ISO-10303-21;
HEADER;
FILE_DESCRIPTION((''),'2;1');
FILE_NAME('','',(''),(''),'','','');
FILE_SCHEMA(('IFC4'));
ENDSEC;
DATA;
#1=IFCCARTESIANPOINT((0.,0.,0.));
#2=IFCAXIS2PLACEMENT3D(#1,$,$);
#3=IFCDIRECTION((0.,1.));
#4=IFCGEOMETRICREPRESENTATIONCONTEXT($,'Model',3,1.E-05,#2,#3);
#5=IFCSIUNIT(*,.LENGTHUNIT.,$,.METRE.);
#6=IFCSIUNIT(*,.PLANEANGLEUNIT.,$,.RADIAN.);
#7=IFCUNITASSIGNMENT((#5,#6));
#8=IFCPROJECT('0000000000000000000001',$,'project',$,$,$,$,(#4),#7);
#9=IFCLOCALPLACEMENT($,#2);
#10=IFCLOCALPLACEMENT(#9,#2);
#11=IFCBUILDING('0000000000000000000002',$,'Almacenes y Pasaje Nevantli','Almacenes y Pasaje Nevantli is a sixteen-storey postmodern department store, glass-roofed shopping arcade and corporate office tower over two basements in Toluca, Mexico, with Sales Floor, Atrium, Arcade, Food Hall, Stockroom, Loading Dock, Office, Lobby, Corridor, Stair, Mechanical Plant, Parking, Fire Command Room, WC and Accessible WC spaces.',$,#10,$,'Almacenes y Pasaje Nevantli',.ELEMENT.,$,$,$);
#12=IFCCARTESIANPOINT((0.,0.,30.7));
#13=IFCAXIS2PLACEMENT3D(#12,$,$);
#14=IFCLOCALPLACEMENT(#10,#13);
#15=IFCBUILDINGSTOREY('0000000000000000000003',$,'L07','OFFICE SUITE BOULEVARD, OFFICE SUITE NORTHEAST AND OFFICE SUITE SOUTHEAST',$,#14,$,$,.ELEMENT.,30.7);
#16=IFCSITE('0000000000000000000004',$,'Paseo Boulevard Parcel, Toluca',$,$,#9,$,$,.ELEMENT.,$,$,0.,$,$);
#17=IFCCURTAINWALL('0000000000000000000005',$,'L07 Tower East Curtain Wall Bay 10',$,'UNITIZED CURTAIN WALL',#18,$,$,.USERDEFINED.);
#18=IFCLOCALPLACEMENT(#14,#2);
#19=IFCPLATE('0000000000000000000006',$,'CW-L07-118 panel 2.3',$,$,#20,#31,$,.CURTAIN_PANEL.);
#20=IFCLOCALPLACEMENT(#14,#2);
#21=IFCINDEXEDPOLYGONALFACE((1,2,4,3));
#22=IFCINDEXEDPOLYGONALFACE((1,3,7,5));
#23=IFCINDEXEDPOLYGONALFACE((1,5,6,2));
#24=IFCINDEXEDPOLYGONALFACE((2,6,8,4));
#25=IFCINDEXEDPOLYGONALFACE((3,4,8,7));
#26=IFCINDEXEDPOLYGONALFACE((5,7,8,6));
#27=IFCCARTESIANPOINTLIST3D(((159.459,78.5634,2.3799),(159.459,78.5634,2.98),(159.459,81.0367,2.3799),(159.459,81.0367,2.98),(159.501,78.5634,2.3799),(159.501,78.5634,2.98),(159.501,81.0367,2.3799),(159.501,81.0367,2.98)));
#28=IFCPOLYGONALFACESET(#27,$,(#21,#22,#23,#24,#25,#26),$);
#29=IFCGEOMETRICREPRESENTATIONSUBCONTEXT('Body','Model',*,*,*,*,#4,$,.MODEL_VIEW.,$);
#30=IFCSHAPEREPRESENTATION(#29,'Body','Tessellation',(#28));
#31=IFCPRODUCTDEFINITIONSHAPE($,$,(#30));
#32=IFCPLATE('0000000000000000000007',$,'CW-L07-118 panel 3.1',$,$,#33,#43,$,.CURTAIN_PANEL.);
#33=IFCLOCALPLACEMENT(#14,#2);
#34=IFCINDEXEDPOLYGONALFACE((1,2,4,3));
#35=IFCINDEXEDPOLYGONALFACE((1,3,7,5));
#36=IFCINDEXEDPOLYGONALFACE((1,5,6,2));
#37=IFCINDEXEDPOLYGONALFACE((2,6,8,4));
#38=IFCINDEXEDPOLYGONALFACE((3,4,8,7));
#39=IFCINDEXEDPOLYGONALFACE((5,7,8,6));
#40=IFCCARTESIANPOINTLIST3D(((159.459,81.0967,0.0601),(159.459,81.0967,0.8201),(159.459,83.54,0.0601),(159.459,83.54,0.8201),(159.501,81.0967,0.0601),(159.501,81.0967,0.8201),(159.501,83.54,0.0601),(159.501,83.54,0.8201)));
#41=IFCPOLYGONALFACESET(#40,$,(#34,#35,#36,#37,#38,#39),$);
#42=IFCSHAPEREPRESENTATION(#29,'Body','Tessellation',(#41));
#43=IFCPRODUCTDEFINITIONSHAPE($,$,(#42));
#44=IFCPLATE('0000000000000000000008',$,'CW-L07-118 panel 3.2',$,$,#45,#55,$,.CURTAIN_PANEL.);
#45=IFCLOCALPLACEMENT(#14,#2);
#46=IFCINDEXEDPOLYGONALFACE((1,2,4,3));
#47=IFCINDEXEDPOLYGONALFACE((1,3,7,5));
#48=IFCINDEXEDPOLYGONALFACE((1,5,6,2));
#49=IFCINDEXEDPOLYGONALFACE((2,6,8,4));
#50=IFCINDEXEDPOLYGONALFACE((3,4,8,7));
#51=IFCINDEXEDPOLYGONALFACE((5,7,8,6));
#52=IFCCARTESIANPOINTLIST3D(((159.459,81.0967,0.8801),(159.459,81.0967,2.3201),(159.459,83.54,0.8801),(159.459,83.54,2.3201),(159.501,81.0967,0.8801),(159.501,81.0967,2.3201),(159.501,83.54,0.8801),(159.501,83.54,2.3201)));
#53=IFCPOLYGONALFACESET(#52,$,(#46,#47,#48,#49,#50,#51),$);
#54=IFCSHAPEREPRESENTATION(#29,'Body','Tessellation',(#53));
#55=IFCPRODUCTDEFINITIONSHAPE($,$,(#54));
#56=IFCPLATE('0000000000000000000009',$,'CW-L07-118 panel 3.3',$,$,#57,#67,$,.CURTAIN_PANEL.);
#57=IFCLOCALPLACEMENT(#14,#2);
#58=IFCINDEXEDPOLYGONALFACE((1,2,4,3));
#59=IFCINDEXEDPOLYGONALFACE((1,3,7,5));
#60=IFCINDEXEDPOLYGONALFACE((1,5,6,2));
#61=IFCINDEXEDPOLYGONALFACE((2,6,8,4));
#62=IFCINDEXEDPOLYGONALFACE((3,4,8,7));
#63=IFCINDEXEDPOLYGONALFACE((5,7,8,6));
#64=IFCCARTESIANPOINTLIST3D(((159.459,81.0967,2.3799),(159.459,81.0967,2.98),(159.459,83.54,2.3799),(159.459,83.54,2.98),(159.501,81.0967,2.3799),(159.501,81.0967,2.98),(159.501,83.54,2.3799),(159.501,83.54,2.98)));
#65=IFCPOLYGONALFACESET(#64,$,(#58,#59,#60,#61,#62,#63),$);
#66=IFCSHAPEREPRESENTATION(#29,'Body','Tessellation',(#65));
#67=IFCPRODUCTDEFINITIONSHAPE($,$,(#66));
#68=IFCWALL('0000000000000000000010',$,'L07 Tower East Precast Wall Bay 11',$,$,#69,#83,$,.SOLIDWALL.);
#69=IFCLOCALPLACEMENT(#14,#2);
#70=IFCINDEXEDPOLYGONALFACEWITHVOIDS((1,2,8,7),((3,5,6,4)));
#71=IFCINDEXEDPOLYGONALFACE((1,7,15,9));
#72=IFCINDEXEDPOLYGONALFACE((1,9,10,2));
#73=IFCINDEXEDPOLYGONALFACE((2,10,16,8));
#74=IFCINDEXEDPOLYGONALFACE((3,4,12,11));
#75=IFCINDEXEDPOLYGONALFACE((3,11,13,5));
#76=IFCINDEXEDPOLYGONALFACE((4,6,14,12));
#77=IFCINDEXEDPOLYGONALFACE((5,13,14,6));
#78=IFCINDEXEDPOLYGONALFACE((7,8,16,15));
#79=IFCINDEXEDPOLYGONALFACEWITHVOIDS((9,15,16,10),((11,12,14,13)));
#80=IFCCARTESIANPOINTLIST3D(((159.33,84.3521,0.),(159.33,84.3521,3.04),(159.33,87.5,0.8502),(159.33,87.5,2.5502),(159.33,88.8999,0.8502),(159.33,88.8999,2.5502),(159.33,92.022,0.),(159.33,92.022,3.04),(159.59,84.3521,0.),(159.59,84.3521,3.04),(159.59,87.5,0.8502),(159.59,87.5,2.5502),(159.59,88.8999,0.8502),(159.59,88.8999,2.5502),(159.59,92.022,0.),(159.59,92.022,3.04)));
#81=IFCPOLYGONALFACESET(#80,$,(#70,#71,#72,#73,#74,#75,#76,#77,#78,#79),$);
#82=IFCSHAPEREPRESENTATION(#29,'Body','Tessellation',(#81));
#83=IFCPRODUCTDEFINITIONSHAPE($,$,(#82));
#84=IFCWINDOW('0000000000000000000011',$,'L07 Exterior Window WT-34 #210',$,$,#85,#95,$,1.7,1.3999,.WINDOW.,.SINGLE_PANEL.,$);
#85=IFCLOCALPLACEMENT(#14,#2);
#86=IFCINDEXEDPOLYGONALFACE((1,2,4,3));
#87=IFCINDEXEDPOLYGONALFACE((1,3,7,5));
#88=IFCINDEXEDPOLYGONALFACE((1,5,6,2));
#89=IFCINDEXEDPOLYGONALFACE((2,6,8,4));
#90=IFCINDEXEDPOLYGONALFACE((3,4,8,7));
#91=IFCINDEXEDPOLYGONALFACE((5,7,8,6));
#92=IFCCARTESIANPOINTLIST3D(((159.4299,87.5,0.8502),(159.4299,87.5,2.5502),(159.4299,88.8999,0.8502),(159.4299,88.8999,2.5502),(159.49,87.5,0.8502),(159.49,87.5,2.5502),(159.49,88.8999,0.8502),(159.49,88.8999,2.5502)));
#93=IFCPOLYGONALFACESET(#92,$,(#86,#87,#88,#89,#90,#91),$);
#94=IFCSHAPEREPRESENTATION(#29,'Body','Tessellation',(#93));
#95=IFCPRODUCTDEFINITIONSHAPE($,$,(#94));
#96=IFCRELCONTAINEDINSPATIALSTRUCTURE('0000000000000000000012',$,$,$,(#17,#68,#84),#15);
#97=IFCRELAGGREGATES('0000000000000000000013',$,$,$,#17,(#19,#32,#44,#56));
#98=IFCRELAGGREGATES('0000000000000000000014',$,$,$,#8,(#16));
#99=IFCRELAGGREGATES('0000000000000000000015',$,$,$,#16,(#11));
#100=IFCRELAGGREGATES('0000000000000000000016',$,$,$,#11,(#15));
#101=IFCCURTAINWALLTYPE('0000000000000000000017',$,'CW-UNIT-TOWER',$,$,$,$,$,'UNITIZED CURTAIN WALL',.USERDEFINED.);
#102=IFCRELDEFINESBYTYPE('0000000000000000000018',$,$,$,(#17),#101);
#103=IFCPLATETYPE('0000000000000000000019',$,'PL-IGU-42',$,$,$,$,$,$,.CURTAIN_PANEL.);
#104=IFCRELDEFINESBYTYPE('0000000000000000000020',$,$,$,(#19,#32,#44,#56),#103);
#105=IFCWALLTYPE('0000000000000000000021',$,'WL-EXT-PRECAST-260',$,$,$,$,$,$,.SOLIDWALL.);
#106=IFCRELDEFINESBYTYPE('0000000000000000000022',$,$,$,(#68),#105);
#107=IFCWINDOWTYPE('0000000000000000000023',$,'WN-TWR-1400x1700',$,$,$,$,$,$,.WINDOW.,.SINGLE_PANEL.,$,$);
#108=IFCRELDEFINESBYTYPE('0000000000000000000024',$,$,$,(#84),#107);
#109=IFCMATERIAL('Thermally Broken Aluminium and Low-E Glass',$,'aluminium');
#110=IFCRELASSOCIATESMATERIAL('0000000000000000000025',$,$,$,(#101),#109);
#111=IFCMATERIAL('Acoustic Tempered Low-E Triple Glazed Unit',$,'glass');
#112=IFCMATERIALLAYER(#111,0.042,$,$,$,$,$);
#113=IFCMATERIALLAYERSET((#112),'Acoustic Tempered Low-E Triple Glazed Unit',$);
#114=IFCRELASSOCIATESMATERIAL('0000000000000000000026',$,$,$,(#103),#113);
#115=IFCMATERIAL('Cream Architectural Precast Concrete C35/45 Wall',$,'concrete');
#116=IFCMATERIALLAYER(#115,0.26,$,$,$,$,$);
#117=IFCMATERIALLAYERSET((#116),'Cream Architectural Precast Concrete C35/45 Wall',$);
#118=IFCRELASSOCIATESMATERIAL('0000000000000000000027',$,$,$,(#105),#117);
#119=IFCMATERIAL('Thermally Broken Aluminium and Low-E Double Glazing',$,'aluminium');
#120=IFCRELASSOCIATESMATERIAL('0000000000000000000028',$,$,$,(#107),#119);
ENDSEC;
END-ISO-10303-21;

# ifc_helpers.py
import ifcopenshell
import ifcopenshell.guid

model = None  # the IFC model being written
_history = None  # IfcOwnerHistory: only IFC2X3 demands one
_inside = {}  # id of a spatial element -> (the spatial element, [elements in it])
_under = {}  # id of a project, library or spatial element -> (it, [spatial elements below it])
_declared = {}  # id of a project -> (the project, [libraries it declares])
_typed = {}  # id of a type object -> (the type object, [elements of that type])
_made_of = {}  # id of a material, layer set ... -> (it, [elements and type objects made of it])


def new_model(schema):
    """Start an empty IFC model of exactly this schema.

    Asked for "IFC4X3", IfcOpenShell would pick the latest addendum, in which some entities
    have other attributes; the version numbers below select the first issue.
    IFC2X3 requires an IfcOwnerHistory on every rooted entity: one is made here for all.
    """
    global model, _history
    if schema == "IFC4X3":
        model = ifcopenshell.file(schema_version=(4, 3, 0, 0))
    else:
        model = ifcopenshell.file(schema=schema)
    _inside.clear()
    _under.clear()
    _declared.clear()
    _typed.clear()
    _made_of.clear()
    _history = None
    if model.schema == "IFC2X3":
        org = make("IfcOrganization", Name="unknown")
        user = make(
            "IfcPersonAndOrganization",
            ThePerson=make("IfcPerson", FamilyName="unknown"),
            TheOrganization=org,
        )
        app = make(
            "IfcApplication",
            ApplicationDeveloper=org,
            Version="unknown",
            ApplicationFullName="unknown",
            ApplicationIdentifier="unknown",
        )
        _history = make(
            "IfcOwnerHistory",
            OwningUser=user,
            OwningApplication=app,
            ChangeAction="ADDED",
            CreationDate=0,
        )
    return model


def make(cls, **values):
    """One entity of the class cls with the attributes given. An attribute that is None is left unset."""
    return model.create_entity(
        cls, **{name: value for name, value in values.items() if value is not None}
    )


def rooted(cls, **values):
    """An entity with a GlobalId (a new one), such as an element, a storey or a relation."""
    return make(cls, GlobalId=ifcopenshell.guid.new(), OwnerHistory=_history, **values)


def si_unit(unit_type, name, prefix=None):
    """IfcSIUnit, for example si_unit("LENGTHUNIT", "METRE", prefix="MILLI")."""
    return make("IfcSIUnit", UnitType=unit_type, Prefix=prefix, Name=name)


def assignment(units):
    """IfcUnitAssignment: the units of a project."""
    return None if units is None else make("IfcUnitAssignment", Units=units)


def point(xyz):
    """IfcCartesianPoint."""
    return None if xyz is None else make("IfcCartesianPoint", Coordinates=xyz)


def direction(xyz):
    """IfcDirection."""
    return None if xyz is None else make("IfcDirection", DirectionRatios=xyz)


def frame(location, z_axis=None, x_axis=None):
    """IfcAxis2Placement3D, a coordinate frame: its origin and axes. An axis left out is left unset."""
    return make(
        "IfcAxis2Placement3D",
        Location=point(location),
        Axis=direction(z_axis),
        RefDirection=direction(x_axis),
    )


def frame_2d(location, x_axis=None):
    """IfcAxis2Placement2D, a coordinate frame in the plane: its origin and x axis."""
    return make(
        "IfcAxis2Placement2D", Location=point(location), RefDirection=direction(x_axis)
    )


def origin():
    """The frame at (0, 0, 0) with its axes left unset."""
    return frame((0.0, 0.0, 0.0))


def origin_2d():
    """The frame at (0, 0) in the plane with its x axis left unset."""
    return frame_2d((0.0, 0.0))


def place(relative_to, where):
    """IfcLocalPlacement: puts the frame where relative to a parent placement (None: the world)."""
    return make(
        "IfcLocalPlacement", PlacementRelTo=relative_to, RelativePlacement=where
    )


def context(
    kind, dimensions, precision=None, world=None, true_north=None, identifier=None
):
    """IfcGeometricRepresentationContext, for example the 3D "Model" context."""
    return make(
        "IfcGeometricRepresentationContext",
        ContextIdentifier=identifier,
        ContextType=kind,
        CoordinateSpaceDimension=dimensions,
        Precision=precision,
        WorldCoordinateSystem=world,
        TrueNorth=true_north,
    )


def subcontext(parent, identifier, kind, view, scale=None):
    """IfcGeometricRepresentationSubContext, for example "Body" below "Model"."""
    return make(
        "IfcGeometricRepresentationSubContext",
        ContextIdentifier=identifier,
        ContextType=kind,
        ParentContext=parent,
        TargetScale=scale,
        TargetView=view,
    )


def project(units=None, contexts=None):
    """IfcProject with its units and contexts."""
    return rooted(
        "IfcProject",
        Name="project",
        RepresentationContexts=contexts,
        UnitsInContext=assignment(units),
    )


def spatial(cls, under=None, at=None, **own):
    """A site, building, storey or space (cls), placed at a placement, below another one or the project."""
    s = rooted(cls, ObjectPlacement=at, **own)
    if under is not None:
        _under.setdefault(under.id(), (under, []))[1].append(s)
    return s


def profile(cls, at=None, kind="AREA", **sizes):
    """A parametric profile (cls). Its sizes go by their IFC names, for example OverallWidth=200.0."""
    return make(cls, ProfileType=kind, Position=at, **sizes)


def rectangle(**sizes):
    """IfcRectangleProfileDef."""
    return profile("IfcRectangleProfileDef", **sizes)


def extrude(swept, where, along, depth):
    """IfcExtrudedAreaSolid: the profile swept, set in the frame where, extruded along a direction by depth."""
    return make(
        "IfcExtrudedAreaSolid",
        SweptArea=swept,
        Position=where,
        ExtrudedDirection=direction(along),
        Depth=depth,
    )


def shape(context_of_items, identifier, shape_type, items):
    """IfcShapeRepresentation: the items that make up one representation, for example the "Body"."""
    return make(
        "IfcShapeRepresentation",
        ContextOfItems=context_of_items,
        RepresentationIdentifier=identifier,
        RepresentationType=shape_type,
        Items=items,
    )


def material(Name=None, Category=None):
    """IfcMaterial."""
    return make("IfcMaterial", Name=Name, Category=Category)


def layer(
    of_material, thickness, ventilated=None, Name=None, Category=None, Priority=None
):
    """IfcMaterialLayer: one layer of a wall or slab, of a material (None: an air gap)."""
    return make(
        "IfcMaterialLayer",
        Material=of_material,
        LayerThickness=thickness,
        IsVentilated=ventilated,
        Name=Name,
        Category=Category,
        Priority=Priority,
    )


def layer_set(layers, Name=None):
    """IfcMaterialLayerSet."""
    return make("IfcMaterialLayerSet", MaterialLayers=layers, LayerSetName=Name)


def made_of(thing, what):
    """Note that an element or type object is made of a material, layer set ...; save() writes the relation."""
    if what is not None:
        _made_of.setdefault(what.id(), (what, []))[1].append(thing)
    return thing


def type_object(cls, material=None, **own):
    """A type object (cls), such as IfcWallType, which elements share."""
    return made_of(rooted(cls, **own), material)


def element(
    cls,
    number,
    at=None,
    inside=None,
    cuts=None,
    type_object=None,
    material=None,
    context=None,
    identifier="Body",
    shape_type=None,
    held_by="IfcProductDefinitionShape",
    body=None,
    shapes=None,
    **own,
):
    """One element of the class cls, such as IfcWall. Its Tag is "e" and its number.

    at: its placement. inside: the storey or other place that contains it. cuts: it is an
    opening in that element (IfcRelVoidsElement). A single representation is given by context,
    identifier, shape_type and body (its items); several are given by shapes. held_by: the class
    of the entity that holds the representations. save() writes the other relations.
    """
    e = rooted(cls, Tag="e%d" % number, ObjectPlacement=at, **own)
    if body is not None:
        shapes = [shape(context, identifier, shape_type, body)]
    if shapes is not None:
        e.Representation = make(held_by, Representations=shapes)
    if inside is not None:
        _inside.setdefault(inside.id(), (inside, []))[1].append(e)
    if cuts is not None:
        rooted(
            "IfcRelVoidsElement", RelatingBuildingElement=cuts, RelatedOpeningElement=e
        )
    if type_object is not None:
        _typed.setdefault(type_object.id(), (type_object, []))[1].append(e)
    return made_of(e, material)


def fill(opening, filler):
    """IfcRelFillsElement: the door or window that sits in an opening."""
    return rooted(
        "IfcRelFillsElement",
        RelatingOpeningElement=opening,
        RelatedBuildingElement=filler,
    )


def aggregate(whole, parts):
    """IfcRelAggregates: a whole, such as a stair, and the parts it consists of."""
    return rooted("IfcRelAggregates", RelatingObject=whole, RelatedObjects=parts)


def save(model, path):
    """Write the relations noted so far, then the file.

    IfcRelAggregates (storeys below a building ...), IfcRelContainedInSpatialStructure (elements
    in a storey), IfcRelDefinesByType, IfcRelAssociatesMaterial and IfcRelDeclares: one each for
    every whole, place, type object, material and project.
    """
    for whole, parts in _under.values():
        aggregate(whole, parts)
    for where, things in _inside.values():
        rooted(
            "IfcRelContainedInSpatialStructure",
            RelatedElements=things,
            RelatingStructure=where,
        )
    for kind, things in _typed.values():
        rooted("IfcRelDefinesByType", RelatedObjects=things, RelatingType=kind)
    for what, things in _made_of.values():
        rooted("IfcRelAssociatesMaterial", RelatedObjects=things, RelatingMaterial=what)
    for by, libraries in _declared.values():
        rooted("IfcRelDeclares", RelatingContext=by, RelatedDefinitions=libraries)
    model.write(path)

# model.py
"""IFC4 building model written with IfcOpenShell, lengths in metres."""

from ifc_helpers import new_model, si_unit, direction, frame, frame_2d, origin, origin_2d, place, context, subcontext, project, spatial, rectangle, extrude, material, layer, layer_set, type_object, element, fill, aggregate, save


model = new_model("IFC4")

# Units and contexts
model_context = context("Model", 3, precision=1e-05, world=origin(), true_north=direction((0.0, 1.0)))
body_context = subcontext(model_context, "Body", "Model", "MODEL_VIEW")
ifc_project = project(units=[si_unit("LENGTHUNIT", "METRE"), si_unit("PLANEANGLEUNIT", "RADIAN")], contexts=[model_context])

# Site, building, storey
site_placement = place(None, origin())
site = spatial("IfcSite", under=ifc_project, at=site_placement, Name="Paseo Boulevard Parcel, Toluca", CompositionType="ELEMENT", RefElevation=0.0)
building_placement = place(site_placement, origin())
building = spatial("IfcBuilding", under=site, at=building_placement, Name="Almacenes y Pasaje Nevantli", Description="Almacenes y Pasaje Nevantli is a sixteen-storey postmodern department store, glass-roofed shopping arcade and corporate office tower over two basements in Toluca, Mexico, with Sales Floor, Atrium, Arcade, Food Hall, Stockroom, Loading Dock, Office, Lobby, Corridor, Stair, Mechanical Plant, Parking, Fire Command Room, WC and Accessible WC spaces.", LongName="Almacenes y Pasaje Nevantli", CompositionType="ELEMENT")
storey_placement = place(building_placement, frame((0.0, 0.0, 30.7)))
storey = spatial("IfcBuildingStorey", under=building, at=storey_placement, Name="L07", Description="OFFICE SUITE BOULEVARD, OFFICE SUITE NORTHEAST AND OFFICE SUITE SOUTHEAST", CompositionType="ELEMENT", Elevation=30.7)

# Curtain wall, plates
ifc_material_1 = material(Name="Thermally Broken Aluminium and Low-E Glass", Category="aluminium")
curtain_wall_type = type_object("IfcCurtainWallType", Name="CW-UNIT-TOWER", ElementType="UNITIZED CURTAIN WALL", PredefinedType="USERDEFINED", material=ifc_material_1)
curtain_wall_placement = place(storey_placement, origin())
curtain_wall = element("IfcCurtainWall", 1, at=curtain_wall_placement, inside=storey, type_object=curtain_wall_type, Name="L07 Tower East Curtain Wall Bay 10", ObjectType="UNITIZED CURTAIN WALL", PredefinedType="USERDEFINED")
ifc_material_2 = material(Name="Acoustic Tempered Low-E Triple Glazed Unit", Category="glass")
ifc_layer_1 = layer(ifc_material_2, 0.042)
ifc_layer_set_1 = layer_set([ifc_layer_1], Name="Acoustic Tempered Low-E Triple Glazed Unit")
plate_type = type_object("IfcPlateType", Name="PL-IGU-42", PredefinedType="CURTAIN_PANEL", material=ifc_layer_set_1)
plate_1_placement = place(storey_placement, frame((159.48, 79.8, 2.3799), z_axis=(0.0, 0.0, 1.0), x_axis=(0.0, 1.0, 0.0)))
plate_1 = element("IfcPlate", 2, at=plate_1_placement, type_object=plate_type, Name="CW-L07-118 panel 2.3", PredefinedType="CURTAIN_PANEL", context=body_context, shape_type="SweptSolid", body=[
    extrude(rectangle(XDim=2.4734, YDim=0.042, at=origin_2d()), origin(), (0.0, 0.0, 1.0), 0.6001),
])
plate_2_placement = place(storey_placement, frame((159.48, 82.3184, 0.0601), z_axis=(0.0, 0.0, 1.0), x_axis=(0.0, 1.0, 0.0)))
plate_2 = element("IfcPlate", 3, at=plate_2_placement, type_object=plate_type, Name="CW-L07-118 panel 3.1", PredefinedType="CURTAIN_PANEL", context=body_context, shape_type="SweptSolid", body=[
    extrude(rectangle(XDim=2.4434, YDim=0.042, at=origin_2d()), origin(), (0.0, 0.0, 1.0), 0.76),
])
plate_3_placement = place(storey_placement, frame((159.48, 82.3184, 0.8801), z_axis=(0.0, 0.0, 1.0), x_axis=(0.0, 1.0, 0.0)))
plate_3 = element("IfcPlate", 4, at=plate_3_placement, type_object=plate_type, Name="CW-L07-118 panel 3.2", PredefinedType="CURTAIN_PANEL", context=body_context, shape_type="SweptSolid", body=[
    extrude(rectangle(XDim=2.4434, YDim=0.042, at=origin_2d()), origin(), (0.0, 0.0, 1.0), 1.4399),
])
plate_4_placement = place(storey_placement, frame((159.48, 82.3184, 2.3799), z_axis=(0.0, 0.0, 1.0), x_axis=(0.0, 1.0, 0.0)))
plate_4 = element("IfcPlate", 5, at=plate_4_placement, type_object=plate_type, Name="CW-L07-118 panel 3.3", PredefinedType="CURTAIN_PANEL", context=body_context, shape_type="SweptSolid", body=[
    extrude(rectangle(XDim=2.4434, YDim=0.042, at=origin_2d()), origin(), (0.0, 0.0, 1.0), 0.6001),
])
aggregate(curtain_wall, [plate_1, plate_2, plate_3, plate_4])

# Wall, opening, window
ifc_material_3 = material(Name="Cream Architectural Precast Concrete C35/45 Wall", Category="concrete")
ifc_layer_2 = layer(ifc_material_3, 0.26)
ifc_layer_set_2 = layer_set([ifc_layer_2], Name="Cream Architectural Precast Concrete C35/45 Wall")
wall_type = type_object("IfcWallType", Name="WL-EXT-PRECAST-260", PredefinedType="SOLIDWALL", material=ifc_layer_set_2)
wall_placement = place(storey_placement, frame((159.46, 84.3521, 0.0), z_axis=(0.0, 0.0, 1.0), x_axis=(0.0, 1.0, 0.0)))
wall = element("IfcWall", 6, at=wall_placement, inside=storey, type_object=wall_type, Name="L07 Tower East Precast Wall Bay 11", PredefinedType="SOLIDWALL", context=body_context, shape_type="SweptSolid", body=[
    extrude(rectangle(XDim=7.6699, YDim=0.26, at=frame_2d((3.835, 0.0))), origin(), (0.0, 0.0, 1.0), 3.04),
])
opening_placement = place(wall_placement, frame((3.1479, 0.0, 0.8501)))
opening = element("IfcOpeningElement", 7, at=opening_placement, cuts=wall, PredefinedType="OPENING", context=body_context, shape_type="SweptSolid", body=[
    extrude(rectangle(XDim=1.3999, YDim=1.7, at=frame_2d((0.7, 0.8501))), frame((0.0, 0.1399, 0.0), z_axis=(0.0, -1.0, 0.0), x_axis=(1.0, 0.0, 0.0)), (0.0, 0.0, 1.0), 0.28),
])
ifc_material_4 = material(Name="Thermally Broken Aluminium and Low-E Double Glazing", Category="aluminium")
window_type = type_object("IfcWindowType", Name="WN-TWR-1400x1700", PartitioningType="SINGLE_PANEL", PredefinedType="WINDOW", material=ifc_material_4)
window_placement = place(opening_placement, origin())
window = element("IfcWindow", 8, at=window_placement, inside=storey, type_object=window_type, Name="L07 Exterior Window WT-34 #210", OverallHeight=1.7, OverallWidth=1.3999, PartitioningType="SINGLE_PANEL", PredefinedType="WINDOW", context=body_context, shape_type="SweptSolid", body=[
    extrude(rectangle(XDim=1.3999, YDim=1.7, at=frame_2d((0.7, 0.8501))), frame((0.0, 0.03, 0.0), z_axis=(0.0, -1.0, 0.0), x_axis=(1.0, 0.0, 0.0)), (0.0, 0.0, 1.0), 0.0601),
])
fill(opening, window)

save(model, "model.ifc")
